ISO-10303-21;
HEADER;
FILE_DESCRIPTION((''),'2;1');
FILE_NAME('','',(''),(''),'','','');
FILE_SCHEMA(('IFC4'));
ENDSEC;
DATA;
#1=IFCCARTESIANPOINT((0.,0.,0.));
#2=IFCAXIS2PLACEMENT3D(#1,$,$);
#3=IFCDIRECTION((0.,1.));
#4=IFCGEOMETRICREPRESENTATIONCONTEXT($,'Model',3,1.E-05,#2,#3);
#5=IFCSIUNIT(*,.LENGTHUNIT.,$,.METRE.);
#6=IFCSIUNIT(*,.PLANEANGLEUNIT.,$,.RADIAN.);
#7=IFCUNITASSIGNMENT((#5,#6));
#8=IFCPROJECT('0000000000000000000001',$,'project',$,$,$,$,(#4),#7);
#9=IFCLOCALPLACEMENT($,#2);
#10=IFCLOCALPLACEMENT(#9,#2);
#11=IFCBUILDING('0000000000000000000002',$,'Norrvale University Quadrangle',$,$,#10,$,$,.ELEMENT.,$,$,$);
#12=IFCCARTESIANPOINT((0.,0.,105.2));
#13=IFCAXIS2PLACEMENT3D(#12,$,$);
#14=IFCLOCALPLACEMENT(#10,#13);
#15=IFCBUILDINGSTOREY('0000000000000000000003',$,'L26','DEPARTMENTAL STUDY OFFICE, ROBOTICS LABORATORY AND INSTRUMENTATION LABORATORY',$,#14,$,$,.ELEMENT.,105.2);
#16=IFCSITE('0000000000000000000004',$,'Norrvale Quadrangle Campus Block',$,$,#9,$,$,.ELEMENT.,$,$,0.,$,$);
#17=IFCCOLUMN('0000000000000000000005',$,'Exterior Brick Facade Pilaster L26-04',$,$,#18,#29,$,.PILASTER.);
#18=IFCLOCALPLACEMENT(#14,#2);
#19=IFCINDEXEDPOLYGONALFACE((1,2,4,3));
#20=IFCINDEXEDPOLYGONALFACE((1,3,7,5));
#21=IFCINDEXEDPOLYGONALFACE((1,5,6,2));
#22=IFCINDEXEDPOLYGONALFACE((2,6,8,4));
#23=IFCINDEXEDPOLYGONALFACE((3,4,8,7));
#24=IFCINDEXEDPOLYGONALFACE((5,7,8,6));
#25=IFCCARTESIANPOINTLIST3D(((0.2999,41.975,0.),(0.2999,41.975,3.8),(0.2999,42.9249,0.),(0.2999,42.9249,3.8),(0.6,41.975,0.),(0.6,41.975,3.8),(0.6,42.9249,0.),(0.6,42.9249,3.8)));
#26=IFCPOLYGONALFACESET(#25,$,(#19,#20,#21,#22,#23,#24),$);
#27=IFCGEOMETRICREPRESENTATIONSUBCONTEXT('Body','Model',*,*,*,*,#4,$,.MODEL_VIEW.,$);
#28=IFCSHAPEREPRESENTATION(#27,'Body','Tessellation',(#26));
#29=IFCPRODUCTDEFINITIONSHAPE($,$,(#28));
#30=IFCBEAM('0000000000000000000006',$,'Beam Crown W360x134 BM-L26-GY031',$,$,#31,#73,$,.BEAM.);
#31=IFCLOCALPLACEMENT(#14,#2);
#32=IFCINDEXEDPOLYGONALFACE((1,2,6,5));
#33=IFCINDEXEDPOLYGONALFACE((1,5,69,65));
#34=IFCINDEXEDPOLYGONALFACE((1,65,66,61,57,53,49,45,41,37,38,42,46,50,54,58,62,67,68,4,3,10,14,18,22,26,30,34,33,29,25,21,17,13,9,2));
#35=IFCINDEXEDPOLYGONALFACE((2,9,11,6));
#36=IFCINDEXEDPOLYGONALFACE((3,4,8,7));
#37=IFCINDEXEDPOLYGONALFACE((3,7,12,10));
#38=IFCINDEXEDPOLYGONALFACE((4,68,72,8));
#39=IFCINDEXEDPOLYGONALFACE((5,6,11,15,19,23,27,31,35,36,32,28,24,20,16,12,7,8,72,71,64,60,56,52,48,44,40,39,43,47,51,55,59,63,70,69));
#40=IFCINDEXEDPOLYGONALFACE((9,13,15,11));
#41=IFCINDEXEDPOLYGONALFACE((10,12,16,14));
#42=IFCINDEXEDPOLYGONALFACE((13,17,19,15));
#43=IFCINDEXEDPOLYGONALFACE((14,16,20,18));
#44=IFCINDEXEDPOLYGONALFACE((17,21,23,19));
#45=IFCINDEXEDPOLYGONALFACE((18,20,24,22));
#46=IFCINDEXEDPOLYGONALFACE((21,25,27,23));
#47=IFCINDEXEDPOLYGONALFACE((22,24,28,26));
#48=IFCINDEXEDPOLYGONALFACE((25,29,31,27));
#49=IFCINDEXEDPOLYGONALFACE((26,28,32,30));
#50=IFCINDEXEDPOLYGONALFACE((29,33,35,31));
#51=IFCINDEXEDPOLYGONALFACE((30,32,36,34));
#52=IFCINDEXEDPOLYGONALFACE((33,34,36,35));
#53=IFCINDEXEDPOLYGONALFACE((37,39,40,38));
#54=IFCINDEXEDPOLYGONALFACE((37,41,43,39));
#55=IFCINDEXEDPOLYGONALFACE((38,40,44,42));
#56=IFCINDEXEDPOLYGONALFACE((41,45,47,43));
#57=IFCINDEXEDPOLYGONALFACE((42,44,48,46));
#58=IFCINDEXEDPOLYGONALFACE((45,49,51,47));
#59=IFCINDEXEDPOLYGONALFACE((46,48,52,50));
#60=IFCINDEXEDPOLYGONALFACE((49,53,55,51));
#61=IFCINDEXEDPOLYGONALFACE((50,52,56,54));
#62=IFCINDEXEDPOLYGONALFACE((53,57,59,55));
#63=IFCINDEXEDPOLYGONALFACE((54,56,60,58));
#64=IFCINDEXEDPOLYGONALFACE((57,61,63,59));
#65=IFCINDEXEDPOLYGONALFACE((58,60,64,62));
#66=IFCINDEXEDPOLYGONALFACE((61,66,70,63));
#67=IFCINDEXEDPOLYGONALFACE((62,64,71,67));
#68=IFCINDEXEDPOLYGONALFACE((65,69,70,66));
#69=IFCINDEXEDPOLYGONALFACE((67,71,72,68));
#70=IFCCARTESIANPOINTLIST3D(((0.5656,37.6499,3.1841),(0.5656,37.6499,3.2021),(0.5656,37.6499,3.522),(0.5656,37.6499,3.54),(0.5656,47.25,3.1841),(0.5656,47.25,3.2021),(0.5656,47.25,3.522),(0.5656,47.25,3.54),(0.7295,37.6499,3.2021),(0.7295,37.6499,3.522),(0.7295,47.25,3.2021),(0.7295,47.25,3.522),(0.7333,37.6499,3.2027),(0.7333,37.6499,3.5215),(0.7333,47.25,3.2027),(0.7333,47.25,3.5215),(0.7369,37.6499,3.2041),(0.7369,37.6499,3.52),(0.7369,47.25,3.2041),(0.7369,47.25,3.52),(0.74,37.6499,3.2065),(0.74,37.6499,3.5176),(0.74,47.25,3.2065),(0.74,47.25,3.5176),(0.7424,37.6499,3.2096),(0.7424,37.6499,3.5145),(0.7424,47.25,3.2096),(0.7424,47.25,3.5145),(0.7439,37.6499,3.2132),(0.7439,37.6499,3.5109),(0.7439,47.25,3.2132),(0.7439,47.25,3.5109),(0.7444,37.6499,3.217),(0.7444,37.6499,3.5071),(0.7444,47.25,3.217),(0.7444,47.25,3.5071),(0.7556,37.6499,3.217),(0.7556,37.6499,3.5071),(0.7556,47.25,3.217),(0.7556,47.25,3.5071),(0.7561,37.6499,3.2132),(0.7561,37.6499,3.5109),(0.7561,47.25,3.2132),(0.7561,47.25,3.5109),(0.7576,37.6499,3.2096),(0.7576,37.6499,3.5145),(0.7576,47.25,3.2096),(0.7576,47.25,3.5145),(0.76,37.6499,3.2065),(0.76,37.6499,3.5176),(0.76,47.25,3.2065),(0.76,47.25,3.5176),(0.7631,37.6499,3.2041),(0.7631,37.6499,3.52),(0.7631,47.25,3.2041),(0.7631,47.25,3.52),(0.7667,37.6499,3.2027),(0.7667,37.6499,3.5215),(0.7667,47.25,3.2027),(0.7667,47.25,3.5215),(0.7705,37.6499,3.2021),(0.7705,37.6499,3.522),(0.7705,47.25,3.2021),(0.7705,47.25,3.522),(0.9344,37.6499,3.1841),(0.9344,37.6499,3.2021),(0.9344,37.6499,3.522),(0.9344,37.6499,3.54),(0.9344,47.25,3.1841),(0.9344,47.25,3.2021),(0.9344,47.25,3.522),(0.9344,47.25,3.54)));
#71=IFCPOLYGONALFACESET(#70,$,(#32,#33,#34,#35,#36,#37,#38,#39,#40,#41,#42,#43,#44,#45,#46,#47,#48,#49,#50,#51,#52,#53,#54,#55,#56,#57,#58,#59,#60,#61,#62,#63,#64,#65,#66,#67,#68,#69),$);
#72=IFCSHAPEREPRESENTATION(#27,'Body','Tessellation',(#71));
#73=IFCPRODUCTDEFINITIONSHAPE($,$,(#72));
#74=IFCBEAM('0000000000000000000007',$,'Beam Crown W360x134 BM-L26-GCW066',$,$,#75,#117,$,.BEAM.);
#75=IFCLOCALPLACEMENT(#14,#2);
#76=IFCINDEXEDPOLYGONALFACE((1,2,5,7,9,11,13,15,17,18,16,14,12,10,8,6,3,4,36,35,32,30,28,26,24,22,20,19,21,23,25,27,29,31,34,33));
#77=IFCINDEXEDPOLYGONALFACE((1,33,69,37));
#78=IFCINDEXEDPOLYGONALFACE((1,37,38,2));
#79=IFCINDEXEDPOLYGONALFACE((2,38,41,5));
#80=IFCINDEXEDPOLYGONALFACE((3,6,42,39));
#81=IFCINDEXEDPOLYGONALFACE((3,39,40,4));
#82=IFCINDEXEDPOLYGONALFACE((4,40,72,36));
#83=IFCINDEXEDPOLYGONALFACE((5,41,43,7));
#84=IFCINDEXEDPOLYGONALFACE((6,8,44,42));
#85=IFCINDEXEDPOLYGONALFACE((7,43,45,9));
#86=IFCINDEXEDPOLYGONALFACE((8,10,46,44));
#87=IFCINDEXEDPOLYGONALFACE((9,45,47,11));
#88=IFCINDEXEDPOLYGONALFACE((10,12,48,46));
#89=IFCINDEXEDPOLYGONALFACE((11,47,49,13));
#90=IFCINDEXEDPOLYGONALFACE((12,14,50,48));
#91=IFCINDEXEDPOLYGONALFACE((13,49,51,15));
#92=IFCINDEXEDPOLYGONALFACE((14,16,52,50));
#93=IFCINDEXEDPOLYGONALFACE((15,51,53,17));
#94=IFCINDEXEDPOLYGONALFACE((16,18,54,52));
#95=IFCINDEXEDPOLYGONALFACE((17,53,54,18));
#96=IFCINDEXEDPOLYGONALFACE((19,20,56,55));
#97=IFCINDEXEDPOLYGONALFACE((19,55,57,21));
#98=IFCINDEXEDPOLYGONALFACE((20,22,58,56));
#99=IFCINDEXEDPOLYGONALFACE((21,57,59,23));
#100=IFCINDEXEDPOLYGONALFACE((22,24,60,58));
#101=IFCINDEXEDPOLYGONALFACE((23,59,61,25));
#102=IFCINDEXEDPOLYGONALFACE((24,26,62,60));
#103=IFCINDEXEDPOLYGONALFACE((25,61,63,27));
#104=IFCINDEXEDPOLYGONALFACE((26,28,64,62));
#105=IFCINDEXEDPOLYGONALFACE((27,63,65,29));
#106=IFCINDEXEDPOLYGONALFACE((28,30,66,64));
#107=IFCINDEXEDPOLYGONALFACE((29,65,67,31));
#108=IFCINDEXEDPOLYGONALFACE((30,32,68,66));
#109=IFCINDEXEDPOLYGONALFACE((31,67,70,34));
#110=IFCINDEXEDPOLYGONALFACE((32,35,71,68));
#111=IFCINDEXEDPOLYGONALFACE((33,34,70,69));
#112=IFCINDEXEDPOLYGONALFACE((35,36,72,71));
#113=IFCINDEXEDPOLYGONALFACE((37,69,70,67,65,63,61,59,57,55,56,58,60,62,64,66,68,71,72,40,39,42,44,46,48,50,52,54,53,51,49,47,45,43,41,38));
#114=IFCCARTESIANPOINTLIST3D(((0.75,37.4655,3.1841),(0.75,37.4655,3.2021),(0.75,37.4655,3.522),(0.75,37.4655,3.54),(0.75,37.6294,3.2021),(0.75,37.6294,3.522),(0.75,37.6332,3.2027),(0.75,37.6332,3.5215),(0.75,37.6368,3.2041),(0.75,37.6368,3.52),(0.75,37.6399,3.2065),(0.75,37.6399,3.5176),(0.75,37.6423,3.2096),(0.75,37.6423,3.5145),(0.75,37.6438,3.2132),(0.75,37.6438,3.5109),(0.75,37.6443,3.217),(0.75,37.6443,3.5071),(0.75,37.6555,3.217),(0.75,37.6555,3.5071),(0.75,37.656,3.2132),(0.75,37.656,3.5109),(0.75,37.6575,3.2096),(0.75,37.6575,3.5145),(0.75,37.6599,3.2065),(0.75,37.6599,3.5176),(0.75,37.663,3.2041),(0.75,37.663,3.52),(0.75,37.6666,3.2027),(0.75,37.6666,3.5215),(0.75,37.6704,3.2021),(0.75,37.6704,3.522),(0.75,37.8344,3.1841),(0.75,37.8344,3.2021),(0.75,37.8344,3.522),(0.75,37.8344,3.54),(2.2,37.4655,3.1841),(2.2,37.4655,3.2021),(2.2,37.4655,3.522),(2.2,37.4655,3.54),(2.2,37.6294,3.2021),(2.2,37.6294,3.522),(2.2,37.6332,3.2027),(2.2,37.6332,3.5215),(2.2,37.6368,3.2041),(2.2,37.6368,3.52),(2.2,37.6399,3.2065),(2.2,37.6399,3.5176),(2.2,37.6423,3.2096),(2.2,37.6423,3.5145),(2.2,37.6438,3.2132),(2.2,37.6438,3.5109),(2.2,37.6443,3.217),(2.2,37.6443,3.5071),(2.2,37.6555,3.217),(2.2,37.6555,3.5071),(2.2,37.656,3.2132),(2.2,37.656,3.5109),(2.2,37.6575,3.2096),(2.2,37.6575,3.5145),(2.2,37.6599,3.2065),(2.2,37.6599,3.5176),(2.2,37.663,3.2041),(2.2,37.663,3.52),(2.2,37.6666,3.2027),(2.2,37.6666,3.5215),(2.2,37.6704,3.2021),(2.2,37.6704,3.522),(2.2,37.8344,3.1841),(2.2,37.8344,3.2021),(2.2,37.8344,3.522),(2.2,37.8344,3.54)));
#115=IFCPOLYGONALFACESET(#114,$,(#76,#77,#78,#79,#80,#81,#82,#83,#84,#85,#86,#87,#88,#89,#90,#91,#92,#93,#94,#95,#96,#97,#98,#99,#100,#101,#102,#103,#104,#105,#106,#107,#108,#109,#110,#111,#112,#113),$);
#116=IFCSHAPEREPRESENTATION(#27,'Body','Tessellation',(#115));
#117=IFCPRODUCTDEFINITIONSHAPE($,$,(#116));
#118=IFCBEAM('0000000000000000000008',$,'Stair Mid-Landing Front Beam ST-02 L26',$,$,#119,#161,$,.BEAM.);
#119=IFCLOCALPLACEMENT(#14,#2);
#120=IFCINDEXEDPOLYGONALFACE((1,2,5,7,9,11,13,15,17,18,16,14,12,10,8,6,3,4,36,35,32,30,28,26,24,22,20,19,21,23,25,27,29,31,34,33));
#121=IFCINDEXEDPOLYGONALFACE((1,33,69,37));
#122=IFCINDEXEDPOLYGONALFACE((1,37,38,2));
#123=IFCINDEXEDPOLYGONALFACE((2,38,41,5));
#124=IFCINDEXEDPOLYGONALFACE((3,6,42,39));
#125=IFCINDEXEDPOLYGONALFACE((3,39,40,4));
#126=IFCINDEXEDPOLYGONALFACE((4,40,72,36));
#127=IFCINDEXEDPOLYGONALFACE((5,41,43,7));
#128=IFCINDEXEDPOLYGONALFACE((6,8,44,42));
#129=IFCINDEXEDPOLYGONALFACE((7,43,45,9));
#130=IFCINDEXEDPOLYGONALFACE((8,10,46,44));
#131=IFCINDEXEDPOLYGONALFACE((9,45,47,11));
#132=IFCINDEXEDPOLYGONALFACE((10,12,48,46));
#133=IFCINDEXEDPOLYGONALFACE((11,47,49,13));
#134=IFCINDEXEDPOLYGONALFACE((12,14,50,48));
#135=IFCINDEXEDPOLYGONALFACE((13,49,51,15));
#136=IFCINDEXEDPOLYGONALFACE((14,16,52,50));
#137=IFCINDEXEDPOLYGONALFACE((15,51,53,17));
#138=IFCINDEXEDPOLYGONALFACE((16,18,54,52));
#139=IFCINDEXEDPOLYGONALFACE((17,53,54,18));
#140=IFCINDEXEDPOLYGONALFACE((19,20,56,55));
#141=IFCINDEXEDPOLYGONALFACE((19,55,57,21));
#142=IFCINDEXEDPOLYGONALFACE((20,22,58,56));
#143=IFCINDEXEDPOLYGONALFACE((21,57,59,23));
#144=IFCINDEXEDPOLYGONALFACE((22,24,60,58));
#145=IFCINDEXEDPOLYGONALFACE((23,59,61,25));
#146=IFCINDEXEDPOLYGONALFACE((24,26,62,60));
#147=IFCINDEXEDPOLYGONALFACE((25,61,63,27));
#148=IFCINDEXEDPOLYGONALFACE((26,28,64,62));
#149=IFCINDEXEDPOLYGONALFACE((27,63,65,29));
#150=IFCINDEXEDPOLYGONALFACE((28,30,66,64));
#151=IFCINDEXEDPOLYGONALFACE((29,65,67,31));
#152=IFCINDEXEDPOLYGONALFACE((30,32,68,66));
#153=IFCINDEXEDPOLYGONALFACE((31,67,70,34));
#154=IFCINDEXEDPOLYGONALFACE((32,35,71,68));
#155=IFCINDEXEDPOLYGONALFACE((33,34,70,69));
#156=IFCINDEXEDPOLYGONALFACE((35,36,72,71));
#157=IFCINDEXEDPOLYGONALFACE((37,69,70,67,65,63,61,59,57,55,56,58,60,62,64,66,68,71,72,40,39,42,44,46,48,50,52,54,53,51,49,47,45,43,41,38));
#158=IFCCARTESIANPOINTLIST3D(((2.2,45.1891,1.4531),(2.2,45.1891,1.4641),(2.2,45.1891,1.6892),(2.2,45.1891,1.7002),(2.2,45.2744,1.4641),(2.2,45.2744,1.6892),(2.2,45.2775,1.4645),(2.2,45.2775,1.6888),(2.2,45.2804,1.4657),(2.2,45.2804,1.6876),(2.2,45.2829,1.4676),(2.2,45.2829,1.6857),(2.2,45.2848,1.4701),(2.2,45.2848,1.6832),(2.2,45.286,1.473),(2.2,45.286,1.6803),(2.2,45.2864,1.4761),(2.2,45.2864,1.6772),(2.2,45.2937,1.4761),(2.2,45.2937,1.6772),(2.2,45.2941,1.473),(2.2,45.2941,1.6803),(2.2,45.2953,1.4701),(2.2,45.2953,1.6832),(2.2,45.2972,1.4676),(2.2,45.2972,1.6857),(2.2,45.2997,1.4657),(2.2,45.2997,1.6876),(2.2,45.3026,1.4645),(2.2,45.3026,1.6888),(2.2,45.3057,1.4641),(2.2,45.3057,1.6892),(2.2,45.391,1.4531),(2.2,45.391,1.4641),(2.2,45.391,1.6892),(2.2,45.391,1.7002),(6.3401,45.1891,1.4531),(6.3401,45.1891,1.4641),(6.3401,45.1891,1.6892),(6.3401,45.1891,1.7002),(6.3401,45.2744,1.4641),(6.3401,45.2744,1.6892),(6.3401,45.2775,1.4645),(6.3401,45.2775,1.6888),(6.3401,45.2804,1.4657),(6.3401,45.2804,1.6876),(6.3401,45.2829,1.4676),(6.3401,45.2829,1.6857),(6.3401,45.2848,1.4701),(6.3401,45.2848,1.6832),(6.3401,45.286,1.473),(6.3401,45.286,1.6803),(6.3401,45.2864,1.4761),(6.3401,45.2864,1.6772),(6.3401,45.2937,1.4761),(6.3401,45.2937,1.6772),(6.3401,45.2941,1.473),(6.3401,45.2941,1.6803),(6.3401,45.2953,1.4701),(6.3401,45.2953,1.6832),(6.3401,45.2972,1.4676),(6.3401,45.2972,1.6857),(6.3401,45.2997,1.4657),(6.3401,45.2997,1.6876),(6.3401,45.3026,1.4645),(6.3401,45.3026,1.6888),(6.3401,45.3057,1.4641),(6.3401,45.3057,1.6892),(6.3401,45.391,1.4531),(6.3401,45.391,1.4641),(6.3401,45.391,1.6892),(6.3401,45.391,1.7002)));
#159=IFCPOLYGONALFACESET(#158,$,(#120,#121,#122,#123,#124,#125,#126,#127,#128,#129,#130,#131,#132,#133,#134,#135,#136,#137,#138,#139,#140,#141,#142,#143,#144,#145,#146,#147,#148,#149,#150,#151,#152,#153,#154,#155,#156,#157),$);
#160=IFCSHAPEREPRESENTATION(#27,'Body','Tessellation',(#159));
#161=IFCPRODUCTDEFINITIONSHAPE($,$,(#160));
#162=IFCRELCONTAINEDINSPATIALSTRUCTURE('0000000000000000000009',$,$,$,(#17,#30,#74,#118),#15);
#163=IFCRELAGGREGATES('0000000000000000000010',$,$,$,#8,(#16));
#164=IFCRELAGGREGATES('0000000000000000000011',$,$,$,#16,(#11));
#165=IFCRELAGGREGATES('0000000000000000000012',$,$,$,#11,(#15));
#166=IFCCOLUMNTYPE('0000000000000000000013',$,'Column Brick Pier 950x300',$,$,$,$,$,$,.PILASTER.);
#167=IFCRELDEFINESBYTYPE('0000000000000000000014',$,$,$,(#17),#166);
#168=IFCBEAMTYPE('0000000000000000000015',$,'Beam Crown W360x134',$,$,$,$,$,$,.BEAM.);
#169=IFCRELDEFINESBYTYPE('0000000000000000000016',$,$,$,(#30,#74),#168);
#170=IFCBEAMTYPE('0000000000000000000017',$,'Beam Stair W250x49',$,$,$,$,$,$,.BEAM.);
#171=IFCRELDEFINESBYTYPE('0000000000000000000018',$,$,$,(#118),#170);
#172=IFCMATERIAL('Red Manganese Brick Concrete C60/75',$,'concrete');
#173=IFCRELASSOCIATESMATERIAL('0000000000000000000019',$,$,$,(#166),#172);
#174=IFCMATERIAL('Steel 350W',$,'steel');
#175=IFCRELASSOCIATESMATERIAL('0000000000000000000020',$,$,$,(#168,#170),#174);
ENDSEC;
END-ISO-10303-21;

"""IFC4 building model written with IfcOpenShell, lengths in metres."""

from ifc_helpers import new_model, si_unit, direction, frame, origin, origin_2d, place, context, subcontext, project, spatial, rectangle, i_section, extrude, material, material_profile, profile_set, type_object, element, save


model = new_model("IFC4")

# Units and contexts
model_context = context("Model", 3, precision=1e-05, world=origin(), true_north=direction((0.0, 1.0)))
body_context = subcontext(model_context, "Body", "Model", "MODEL_VIEW")
ifc_project = project(units=[si_unit("LENGTHUNIT", "METRE"), si_unit("PLANEANGLEUNIT", "RADIAN")], contexts=[model_context])

# Site, building, storey
site_placement = place(None, origin())
site = spatial("IfcSite", under=ifc_project, at=site_placement, Name="Norrvale Quadrangle Campus Block", CompositionType="ELEMENT", RefElevation=0.0)
building_placement = place(site_placement, origin())
building = spatial("IfcBuilding", under=site, at=building_placement, Name="Norrvale University Quadrangle", CompositionType="ELEMENT")
storey_placement = place(building_placement, frame((0.0, 0.0, 105.2)))
storey = spatial("IfcBuildingStorey", under=building, at=storey_placement, Name="L26", Description="DEPARTMENTAL STUDY OFFICE, ROBOTICS LABORATORY AND INSTRUMENTATION LABORATORY", CompositionType="ELEMENT", Elevation=105.2)

# Column
ifc_material_1 = material(Name="Red Manganese Brick Concrete C60/75", Category="concrete")
ifc_material_profile_1 = material_profile(ifc_material_1, rectangle(XDim=0.95, YDim=0.3, at=origin_2d()), Name="Red Manganese Brick Concrete C60/75")
ifc_profile_set_1 = profile_set([ifc_material_profile_1], Name="Red Manganese Brick Concrete C60/75")
column_type = type_object("IfcColumnType", Name="Column Brick Pier 950x300", PredefinedType="PILASTER", material=ifc_profile_set_1)
column_placement = place(storey_placement, frame((0.45, 42.45, 0.0), z_axis=(0.0, 0.0, 1.0), x_axis=(0.0, 1.0, 0.0)))
element("IfcColumn", 1, at=column_placement, inside=storey, type_object=column_type, Name="Exterior Brick Facade Pilaster L26-04", PredefinedType="PILASTER", context=body_context, shape_type="SweptSolid", body=[
    extrude(rectangle(XDim=0.95, YDim=0.3, at=origin_2d()), origin(), (0.0, 0.0, 1.0), 3.8),
])

# Beams
ifc_material_2 = material(Name="Steel 350W", Category="steel")
ifc_material_profile_2 = material_profile(ifc_material_2, i_section(OverallWidth=0.3689, OverallDepth=0.356, WebThickness=0.0112, FlangeThickness=0.0181, FilletRadius=0.0149, at=origin_2d()), Name="Steel 350W")
ifc_profile_set_2 = profile_set([ifc_material_profile_2], Name="Steel 350W")
beam_type_1 = type_object("IfcBeamType", Name="Beam Crown W360x134", PredefinedType="BEAM", material=ifc_profile_set_2)
beam_1_placement = place(storey_placement, frame((0.75, 37.6499, 3.3621), z_axis=(0.0, 1.0, 0.0), x_axis=(-1.0, 0.0, 0.0)))
element("IfcBeam", 2, at=beam_1_placement, inside=storey, type_object=beam_type_1, Name="Beam Crown W360x134 BM-L26-GY031", PredefinedType="BEAM", context=body_context, shape_type="SweptSolid", body=[
    extrude(i_section(OverallWidth=0.3689, OverallDepth=0.356, WebThickness=0.0112, FlangeThickness=0.0181, FilletRadius=0.0149, at=origin_2d()), origin(), (0.0, 0.0, 1.0), 9.6001),
])
beam_2_placement = place(storey_placement, frame((0.75, 37.6499, 3.3621), z_axis=(1.0, 0.0, 0.0), x_axis=(0.0, 1.0, 0.0)))
element("IfcBeam", 3, at=beam_2_placement, inside=storey, type_object=beam_type_1, Name="Beam Crown W360x134 BM-L26-GCW066", PredefinedType="BEAM", context=body_context, shape_type="SweptSolid", body=[
    extrude(i_section(OverallWidth=0.3689, OverallDepth=0.356, WebThickness=0.0112, FlangeThickness=0.0181, FilletRadius=0.0149, at=origin_2d()), origin(), (0.0, 0.0, 1.0), 1.45),
])
ifc_material_profile_3 = material_profile(ifc_material_2, i_section(OverallWidth=0.2019, OverallDepth=0.2471, WebThickness=0.0073, FlangeThickness=0.011, FilletRadius=0.012, at=origin_2d()), Name="Steel 350W")
ifc_profile_set_3 = profile_set([ifc_material_profile_3], Name="Steel 350W")
beam_type_2 = type_object("IfcBeamType", Name="Beam Stair W250x49", PredefinedType="BEAM", material=ifc_profile_set_3)
beam_3_placement = place(storey_placement, frame((2.2, 45.29, 1.5767), z_axis=(1.0, 0.0, 0.0), x_axis=(0.0, 1.0, 0.0)))
element("IfcBeam", 4, at=beam_3_placement, inside=storey, type_object=beam_type_2, Name="Stair Mid-Landing Front Beam ST-02 L26", PredefinedType="BEAM", context=body_context, shape_type="SweptSolid", body=[
    extrude(i_section(OverallWidth=0.2019, OverallDepth=0.2471, WebThickness=0.0073, FlangeThickness=0.011, FilletRadius=0.012, at=origin_2d()), origin(), (0.0, 0.0, 1.0), 4.1401),
])

save(model, "model.ifc")
